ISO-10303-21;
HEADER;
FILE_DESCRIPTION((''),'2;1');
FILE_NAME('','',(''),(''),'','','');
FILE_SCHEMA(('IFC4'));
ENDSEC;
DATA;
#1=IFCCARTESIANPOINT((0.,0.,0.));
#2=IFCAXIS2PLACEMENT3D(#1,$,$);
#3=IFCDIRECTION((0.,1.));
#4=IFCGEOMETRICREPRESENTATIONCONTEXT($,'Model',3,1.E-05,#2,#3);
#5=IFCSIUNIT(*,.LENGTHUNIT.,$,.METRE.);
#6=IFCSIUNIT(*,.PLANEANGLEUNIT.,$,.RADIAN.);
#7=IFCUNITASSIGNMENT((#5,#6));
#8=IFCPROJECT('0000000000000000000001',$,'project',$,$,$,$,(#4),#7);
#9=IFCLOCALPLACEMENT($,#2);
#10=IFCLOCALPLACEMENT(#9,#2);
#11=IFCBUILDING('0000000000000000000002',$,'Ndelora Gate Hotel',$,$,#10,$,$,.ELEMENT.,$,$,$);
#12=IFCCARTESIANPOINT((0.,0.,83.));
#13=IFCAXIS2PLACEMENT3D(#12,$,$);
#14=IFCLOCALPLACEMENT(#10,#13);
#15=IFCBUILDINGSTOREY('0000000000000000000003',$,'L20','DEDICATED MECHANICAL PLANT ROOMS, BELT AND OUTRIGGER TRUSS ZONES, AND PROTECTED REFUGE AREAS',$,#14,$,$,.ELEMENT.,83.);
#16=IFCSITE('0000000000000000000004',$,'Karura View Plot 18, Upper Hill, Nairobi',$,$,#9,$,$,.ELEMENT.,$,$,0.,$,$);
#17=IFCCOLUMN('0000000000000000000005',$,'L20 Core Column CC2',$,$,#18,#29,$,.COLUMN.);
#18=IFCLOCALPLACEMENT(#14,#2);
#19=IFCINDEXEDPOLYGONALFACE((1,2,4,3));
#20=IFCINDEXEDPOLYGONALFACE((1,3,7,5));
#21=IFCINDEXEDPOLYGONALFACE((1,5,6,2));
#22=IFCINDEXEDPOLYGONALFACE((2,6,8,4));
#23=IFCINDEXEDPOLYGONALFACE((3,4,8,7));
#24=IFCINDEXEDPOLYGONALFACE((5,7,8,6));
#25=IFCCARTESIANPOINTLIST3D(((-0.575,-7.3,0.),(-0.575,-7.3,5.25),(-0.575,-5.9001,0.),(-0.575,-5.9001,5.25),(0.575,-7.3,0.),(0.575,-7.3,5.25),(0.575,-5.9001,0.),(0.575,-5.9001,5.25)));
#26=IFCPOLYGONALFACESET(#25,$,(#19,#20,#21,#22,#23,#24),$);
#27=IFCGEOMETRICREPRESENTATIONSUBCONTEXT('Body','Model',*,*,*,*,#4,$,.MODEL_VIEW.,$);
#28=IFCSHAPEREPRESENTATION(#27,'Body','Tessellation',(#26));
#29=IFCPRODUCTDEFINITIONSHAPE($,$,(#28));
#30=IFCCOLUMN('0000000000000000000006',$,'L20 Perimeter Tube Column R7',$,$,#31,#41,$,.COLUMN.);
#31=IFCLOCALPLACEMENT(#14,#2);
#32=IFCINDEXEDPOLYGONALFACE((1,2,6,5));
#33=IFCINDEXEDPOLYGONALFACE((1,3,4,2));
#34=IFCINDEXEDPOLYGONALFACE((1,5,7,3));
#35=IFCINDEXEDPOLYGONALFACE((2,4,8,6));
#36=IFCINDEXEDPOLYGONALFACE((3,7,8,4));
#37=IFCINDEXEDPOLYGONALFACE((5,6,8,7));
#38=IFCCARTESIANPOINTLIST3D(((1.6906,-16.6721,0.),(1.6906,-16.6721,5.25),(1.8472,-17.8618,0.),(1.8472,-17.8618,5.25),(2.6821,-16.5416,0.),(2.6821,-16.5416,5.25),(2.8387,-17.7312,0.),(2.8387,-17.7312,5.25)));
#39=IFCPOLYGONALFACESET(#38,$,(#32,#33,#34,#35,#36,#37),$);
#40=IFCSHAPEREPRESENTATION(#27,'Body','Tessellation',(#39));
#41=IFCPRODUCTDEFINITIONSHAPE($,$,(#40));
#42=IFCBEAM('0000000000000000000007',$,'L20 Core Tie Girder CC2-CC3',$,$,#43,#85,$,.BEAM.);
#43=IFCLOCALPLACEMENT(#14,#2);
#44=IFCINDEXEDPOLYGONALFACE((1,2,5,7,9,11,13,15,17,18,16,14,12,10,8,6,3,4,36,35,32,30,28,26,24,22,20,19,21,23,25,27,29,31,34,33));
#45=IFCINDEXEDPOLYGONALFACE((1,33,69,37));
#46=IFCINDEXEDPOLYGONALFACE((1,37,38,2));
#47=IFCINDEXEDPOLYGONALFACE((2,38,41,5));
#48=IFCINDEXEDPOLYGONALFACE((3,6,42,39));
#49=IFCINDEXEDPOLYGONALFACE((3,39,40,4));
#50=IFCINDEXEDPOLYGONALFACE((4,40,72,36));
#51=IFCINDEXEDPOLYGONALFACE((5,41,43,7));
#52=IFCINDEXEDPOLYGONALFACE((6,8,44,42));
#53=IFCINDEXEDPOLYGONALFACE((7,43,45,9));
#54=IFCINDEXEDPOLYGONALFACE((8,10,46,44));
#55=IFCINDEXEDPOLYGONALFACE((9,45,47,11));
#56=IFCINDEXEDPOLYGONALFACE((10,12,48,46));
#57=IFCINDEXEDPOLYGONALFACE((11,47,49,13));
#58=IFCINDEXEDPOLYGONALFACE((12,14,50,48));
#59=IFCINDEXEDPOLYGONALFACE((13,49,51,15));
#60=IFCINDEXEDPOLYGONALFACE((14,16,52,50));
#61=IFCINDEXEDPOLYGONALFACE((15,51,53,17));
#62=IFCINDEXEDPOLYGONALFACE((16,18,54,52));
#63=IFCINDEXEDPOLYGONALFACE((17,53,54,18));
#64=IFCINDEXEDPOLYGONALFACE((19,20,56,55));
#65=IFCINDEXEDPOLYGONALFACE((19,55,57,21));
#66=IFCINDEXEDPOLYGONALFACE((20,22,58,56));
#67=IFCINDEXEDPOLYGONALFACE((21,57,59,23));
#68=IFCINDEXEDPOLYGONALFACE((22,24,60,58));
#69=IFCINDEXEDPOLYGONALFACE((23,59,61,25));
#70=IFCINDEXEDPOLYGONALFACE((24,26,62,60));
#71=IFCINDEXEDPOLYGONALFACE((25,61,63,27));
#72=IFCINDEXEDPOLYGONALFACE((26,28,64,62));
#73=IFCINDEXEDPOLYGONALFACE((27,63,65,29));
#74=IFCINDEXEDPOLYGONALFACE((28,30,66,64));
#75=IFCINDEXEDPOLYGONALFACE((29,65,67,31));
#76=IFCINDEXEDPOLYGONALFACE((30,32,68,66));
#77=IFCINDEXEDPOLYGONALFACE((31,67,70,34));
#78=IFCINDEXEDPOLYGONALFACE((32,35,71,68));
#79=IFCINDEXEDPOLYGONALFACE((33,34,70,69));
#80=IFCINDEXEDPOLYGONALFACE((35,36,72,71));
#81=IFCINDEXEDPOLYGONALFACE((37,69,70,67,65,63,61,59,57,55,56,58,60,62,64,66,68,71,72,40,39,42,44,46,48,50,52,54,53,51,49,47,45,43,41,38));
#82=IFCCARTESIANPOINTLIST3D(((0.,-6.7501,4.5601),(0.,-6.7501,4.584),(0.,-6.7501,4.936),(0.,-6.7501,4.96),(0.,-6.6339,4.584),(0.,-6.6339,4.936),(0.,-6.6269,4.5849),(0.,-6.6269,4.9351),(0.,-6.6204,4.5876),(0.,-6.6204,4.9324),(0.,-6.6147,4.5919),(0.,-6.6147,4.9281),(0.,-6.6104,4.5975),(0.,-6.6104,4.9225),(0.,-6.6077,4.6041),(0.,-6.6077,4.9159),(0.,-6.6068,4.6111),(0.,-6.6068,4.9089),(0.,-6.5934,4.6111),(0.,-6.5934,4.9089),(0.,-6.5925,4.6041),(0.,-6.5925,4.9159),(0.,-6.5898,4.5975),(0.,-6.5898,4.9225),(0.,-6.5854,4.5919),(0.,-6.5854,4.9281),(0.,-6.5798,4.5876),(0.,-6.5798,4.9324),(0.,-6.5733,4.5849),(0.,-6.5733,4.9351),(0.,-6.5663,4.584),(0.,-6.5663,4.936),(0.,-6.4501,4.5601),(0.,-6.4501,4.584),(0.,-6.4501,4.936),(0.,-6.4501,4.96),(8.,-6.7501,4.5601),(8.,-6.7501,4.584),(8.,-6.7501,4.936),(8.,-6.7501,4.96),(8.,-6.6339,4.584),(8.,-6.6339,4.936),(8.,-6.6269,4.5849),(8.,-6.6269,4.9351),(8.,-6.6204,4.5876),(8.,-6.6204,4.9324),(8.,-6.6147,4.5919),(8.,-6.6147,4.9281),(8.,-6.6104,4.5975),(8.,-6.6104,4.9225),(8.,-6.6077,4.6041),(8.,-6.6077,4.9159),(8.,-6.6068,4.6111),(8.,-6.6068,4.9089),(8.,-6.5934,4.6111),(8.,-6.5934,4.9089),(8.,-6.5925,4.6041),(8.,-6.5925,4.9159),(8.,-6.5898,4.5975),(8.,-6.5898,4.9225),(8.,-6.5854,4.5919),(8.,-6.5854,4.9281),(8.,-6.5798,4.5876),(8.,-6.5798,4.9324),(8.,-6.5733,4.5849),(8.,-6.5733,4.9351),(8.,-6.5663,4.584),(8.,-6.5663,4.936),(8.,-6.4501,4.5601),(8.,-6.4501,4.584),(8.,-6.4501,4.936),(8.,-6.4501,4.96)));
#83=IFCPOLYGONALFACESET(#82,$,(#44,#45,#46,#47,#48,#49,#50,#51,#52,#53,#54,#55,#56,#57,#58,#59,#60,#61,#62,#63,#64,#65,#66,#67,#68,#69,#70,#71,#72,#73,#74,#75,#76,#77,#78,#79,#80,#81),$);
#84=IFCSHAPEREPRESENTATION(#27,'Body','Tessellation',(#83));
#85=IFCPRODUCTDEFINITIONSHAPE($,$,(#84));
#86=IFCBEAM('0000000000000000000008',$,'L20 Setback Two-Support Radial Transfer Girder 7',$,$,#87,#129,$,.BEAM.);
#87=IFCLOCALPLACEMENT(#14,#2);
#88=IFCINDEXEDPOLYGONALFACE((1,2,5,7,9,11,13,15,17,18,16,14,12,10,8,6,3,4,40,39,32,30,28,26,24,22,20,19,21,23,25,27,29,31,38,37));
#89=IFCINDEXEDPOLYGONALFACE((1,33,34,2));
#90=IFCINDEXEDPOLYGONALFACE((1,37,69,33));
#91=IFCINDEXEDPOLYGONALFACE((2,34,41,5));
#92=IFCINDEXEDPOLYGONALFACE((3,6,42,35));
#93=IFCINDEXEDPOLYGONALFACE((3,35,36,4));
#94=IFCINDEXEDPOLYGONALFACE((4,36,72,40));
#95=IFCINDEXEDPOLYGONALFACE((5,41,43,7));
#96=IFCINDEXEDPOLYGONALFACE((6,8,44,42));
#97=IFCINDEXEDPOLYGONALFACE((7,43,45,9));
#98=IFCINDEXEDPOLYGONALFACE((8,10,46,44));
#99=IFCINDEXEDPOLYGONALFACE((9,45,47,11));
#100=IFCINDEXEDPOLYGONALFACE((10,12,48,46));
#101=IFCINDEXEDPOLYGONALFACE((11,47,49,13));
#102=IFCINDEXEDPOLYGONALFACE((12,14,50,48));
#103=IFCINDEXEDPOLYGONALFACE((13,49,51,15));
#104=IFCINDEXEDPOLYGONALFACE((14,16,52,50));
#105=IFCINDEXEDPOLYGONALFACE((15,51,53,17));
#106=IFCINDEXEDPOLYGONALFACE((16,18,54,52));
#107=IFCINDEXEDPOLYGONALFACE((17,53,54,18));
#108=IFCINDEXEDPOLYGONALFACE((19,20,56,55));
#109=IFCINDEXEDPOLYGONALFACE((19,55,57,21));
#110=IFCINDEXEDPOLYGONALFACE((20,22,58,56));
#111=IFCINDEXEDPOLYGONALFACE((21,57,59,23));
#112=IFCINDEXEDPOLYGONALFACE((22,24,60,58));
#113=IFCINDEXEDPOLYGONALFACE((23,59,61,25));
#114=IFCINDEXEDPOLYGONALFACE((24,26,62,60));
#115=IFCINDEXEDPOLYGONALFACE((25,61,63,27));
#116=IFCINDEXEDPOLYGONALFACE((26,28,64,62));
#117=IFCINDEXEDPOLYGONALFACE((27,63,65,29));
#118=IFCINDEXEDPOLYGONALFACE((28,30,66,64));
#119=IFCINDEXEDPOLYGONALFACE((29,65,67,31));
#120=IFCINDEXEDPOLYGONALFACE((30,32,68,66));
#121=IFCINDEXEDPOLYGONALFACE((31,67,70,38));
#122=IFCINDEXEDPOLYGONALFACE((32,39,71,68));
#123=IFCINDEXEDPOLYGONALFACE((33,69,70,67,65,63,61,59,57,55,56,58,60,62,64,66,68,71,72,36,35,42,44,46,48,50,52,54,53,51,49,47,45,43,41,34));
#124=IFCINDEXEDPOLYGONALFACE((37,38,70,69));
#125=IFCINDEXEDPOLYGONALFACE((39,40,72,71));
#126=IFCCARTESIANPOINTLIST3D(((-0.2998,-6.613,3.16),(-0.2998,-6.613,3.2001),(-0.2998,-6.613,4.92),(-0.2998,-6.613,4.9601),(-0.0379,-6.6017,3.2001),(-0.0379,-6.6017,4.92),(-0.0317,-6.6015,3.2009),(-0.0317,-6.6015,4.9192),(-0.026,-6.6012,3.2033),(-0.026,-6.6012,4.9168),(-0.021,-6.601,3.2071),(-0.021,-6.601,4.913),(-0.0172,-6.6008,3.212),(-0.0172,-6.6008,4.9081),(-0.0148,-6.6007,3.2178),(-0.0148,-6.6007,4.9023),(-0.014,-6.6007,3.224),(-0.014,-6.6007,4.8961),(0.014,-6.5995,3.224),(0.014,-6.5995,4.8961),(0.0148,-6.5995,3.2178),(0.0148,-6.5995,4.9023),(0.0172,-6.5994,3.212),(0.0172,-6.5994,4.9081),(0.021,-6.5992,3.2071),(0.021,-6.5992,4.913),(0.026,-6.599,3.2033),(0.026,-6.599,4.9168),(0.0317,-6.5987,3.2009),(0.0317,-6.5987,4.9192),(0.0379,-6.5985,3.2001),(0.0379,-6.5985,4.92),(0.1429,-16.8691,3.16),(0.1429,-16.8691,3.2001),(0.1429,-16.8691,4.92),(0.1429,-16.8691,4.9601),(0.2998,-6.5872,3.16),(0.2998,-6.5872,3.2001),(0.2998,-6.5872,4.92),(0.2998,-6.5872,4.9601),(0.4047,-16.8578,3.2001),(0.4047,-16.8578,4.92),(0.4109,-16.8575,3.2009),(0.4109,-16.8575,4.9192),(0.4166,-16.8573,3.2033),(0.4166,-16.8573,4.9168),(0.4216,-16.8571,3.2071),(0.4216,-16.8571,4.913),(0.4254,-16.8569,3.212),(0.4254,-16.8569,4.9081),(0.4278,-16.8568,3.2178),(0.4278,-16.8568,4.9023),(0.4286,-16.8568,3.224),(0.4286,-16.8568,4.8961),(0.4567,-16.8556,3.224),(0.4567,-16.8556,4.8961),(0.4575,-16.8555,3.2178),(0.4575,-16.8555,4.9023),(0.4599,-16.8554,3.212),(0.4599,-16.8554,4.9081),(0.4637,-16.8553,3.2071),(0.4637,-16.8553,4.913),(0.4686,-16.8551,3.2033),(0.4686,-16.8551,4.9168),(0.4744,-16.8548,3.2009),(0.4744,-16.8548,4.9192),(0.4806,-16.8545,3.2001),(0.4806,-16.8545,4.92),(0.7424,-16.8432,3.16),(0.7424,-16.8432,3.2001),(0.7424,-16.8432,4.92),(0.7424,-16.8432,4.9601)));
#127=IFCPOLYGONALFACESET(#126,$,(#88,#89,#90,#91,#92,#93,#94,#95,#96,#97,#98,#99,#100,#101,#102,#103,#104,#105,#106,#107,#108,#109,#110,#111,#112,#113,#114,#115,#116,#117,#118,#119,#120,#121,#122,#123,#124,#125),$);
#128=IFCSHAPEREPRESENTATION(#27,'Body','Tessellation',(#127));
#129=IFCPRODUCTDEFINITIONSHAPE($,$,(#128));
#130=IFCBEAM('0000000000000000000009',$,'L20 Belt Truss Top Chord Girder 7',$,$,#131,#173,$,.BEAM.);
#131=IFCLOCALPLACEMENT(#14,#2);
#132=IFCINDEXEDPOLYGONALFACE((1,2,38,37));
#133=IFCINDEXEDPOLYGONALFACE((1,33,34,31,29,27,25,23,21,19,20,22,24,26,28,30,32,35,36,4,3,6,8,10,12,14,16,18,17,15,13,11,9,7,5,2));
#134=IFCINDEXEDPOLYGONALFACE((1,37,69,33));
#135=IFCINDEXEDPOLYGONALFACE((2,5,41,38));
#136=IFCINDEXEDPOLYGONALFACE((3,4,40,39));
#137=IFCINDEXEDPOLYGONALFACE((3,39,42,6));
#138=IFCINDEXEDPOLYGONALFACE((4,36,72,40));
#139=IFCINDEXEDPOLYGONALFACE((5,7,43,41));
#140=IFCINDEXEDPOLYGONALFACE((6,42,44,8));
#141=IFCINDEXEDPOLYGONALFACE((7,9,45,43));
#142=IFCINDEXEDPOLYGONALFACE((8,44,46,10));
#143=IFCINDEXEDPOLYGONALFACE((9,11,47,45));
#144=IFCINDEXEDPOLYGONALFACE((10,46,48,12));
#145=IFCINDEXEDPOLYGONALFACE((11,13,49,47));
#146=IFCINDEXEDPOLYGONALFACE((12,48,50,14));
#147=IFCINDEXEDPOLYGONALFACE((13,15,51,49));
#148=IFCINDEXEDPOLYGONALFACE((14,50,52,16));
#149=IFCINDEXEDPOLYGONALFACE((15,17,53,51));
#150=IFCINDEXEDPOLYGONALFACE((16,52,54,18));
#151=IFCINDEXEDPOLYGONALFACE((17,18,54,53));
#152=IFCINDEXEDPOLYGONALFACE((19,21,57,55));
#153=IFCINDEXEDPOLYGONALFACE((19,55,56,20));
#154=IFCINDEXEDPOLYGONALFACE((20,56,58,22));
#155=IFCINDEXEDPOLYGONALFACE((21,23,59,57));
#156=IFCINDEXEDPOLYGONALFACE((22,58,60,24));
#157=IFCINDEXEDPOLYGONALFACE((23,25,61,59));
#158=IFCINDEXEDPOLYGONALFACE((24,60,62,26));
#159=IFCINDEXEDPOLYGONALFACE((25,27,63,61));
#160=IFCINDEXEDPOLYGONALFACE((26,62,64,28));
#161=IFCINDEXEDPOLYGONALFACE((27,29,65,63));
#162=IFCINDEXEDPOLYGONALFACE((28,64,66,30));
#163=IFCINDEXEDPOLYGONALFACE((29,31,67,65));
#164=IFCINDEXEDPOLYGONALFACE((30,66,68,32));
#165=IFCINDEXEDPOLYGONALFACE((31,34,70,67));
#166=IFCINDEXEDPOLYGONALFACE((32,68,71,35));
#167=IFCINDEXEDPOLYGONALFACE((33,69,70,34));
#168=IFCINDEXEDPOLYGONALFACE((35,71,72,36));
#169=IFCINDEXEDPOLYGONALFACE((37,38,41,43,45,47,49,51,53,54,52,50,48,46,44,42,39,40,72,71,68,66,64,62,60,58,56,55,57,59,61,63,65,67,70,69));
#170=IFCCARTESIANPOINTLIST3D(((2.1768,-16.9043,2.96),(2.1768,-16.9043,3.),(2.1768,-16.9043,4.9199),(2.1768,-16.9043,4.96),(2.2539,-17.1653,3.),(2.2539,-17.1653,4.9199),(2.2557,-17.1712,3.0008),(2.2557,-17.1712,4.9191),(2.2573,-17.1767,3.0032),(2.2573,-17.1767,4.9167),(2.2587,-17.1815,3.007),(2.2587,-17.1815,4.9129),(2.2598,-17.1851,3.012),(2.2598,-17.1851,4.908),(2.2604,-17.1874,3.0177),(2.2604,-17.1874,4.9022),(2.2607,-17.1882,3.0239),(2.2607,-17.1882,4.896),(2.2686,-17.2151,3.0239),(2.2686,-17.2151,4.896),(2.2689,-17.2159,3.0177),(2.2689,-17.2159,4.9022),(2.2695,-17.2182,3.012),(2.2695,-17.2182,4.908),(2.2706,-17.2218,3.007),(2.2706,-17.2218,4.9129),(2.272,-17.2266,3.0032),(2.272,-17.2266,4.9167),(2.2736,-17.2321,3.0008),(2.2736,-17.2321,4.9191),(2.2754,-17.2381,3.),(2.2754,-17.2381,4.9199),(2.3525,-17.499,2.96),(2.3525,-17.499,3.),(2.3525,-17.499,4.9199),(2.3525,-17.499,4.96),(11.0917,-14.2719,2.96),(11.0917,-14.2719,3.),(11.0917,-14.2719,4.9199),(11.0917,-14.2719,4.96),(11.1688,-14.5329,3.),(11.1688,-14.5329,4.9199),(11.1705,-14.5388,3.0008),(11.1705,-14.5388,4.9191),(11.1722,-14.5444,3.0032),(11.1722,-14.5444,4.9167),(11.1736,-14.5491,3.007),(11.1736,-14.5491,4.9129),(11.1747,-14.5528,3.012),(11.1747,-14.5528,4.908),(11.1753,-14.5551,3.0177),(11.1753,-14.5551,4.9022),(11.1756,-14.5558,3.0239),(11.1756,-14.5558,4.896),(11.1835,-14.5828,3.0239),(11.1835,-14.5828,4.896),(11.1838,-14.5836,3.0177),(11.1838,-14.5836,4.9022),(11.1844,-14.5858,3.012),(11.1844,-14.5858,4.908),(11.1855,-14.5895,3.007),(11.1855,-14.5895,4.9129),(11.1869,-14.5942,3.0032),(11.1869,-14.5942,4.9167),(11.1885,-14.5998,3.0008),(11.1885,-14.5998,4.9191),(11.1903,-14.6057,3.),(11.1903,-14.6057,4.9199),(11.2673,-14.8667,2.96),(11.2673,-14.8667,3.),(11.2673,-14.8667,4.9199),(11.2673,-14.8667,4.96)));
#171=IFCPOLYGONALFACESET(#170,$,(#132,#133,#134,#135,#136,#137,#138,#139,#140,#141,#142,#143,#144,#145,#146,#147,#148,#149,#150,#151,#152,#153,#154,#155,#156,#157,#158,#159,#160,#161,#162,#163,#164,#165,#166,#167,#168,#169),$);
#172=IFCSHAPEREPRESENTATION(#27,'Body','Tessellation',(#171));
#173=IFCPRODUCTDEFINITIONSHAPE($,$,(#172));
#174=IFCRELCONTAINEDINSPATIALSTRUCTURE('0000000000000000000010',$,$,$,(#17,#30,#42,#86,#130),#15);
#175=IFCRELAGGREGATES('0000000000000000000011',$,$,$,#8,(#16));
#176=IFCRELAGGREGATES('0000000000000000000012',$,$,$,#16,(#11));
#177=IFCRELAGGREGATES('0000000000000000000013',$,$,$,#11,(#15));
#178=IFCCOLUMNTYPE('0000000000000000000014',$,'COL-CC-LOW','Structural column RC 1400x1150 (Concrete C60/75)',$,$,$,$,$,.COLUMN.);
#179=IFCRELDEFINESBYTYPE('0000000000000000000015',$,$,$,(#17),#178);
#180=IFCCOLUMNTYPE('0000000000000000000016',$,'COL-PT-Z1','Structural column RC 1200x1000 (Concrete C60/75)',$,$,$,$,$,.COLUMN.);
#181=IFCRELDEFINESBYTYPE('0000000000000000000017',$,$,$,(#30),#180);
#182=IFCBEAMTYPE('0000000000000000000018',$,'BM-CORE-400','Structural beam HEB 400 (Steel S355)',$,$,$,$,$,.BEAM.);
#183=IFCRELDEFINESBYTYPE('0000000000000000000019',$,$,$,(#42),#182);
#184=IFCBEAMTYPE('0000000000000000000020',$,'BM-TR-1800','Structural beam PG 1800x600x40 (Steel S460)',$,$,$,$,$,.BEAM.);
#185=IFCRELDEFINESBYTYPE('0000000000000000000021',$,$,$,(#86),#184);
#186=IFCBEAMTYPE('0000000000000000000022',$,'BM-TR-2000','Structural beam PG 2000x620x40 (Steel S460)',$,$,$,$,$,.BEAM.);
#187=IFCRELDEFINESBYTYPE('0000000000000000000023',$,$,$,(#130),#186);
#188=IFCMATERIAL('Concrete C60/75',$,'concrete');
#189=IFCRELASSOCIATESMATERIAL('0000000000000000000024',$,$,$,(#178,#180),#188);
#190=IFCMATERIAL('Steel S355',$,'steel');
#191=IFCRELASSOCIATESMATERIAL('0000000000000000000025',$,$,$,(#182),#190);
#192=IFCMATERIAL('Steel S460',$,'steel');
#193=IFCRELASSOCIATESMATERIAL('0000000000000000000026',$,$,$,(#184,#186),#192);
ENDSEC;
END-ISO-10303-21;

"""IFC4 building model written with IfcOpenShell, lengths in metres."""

from ifc_helpers import new_model, si_unit, direction, frame, origin, origin_2d, place, context, subcontext, project, spatial, rectangle, i_section, extrude, material, material_profile, profile_set, type_object, element, save


model = new_model("IFC4")

# Units and contexts
model_context = context("Model", 3, precision=1e-05, world=origin(), true_north=direction((0.0, 1.0)))
body_context = subcontext(model_context, "Body", "Model", "MODEL_VIEW")
ifc_project = project(units=[si_unit("LENGTHUNIT", "METRE"), si_unit("PLANEANGLEUNIT", "RADIAN")], contexts=[model_context])

# Site, building, storey
site_placement = place(None, origin())
site = spatial("IfcSite", under=ifc_project, at=site_placement, Name="Karura View Plot 18, Upper Hill, Nairobi", CompositionType="ELEMENT", RefElevation=0.0)
building_placement = place(site_placement, origin())
building = spatial("IfcBuilding", under=site, at=building_placement, Name="Ndelora Gate Hotel", CompositionType="ELEMENT")
storey_placement = place(building_placement, frame((0.0, 0.0, 83.0)))
storey = spatial("IfcBuildingStorey", under=building, at=storey_placement, Name="L20", Description="DEDICATED MECHANICAL PLANT ROOMS, BELT AND OUTRIGGER TRUSS ZONES, AND PROTECTED REFUGE AREAS", CompositionType="ELEMENT", Elevation=83.0)

# Columns
ifc_material_1 = material(Name="Concrete C60/75", Category="concrete")
ifc_material_profile_1 = material_profile(ifc_material_1, rectangle(XDim=1.1499, YDim=1.3999, at=origin_2d()), Name="RC 1400x1150")
ifc_profile_set_1 = profile_set([ifc_material_profile_1], Name="Concrete C60/75")
column_type_1 = type_object("IfcColumnType", Name="COL-CC-LOW", Description="Structural column RC 1400x1150 (Concrete C60/75)", PredefinedType="COLUMN", material=ifc_profile_set_1)
column_1_placement = place(storey_placement, frame((0.0, -6.6001, 0.0), z_axis=(0.0, 0.0, 1.0), x_axis=(1.0, 0.0, 0.0)))
element("IfcColumn", 1, at=column_1_placement, inside=storey, type_object=column_type_1, Name="L20 Core Column CC2", PredefinedType="COLUMN", context=body_context, shape_type="SweptSolid", body=[
    extrude(rectangle(XDim=1.1499, YDim=1.3999, at=origin_2d()), origin(), (0.0, 0.0, 1.0), 5.25),
])
ifc_material_profile_2 = material_profile(ifc_material_1, rectangle(XDim=1.0, YDim=1.2, at=origin_2d()), Name="RC 1200x1000")
ifc_profile_set_2 = profile_set([ifc_material_profile_2], Name="Concrete C60/75")
column_type_2 = type_object("IfcColumnType", Name="COL-PT-Z1", Description="Structural column RC 1200x1000 (Concrete C60/75)", PredefinedType="COLUMN", material=ifc_profile_set_2)
column_2_placement = place(storey_placement, frame((2.2646, -17.2017, 0.0), z_axis=(0.0, 0.0, 1.0), x_axis=(0.991445, 0.130526, 0.0)))
element("IfcColumn", 2, at=column_2_placement, inside=storey, type_object=column_type_2, Name="L20 Perimeter Tube Column R7", PredefinedType="COLUMN", context=body_context, shape_type="SweptSolid", body=[
    extrude(rectangle(XDim=1.0, YDim=1.2, at=origin_2d()), origin(), (0.0, 0.0, 1.0), 5.25),
])

# Beams
ifc_material_2 = material(Name="Steel S355", Category="steel")
ifc_material_profile_3 = material_profile(ifc_material_2, i_section(OverallWidth=0.3, OverallDepth=0.3999, WebThickness=0.0134, FlangeThickness=0.0239, FilletRadius=0.0271, at=origin_2d()), Name="HEB 400")
ifc_profile_set_3 = profile_set([ifc_material_profile_3], Name="Steel S355")
beam_type_1 = type_object("IfcBeamType", Name="BM-CORE-400", Description="Structural beam HEB 400 (Steel S355)", PredefinedType="BEAM", material=ifc_profile_set_3)
beam_1_placement = place(storey_placement, frame((0.0, -6.6001, 4.76), z_axis=(1.0, 0.0, 0.0), x_axis=(0.0, 1.0, 0.0)))
element("IfcBeam", 3, at=beam_1_placement, inside=storey, type_object=beam_type_1, Name="L20 Core Tie Girder CC2-CC3", PredefinedType="BEAM", context=body_context, shape_type="SweptSolid", body=[
    extrude(i_section(OverallWidth=0.3, OverallDepth=0.3999, WebThickness=0.0134, FlangeThickness=0.0239, FilletRadius=0.0271, at=origin_2d()), origin(), (0.0, 0.0, 1.0), 8.0),
])
ifc_material_3 = material(Name="Steel S460", Category="steel")
ifc_material_profile_4 = material_profile(ifc_material_3, i_section(OverallWidth=0.6001, OverallDepth=1.8, WebThickness=0.0281, FlangeThickness=0.04, FilletRadius=0.0239, at=origin_2d()), Name="PG 1800x600x40")
ifc_profile_set_4 = profile_set([ifc_material_profile_4], Name="Steel S460")
beam_type_2 = type_object("IfcBeamType", Name="BM-TR-1800", Description="Structural beam PG 1800x600x40 (Steel S460)", PredefinedType="BEAM", material=ifc_profile_set_4)
beam_2_placement = place(storey_placement, frame((0.0, -6.6001, 4.0601), z_axis=(0.043117, -0.99907, 0.0), x_axis=(0.99907, 0.043117, 0.0)))
element("IfcBeam", 4, at=beam_2_placement, inside=storey, type_object=beam_type_2, Name="L20 Setback Two-Support Radial Transfer Girder 7", PredefinedType="BEAM", context=body_context, shape_type="SweptSolid", body=[
    extrude(i_section(OverallWidth=0.6001, OverallDepth=1.8, WebThickness=0.0281, FlangeThickness=0.04, FilletRadius=0.0239, at=origin_2d()), origin(), (0.0, 0.0, 1.0), 10.2656),
])
ifc_material_profile_5 = material_profile(ifc_material_3, i_section(OverallWidth=0.6201, OverallDepth=2.0, WebThickness=0.0281, FlangeThickness=0.04, FilletRadius=0.0239, at=origin_2d()), Name="PG 2000x620x40")
ifc_profile_set_5 = profile_set([ifc_material_profile_5], Name="Steel S460")
beam_type_3 = type_object("IfcBeamType", Name="BM-TR-2000", Description="Structural beam PG 2000x620x40 (Steel S460)", PredefinedType="BEAM", material=ifc_profile_set_5)
beam_3_placement = place(storey_placement, frame((2.2646, -17.2017, 3.96), z_axis=(0.959064, 0.283189, 0.0), x_axis=(-0.283189, 0.959064, 0.0)))
element("IfcBeam", 5, at=beam_3_placement, inside=storey, type_object=beam_type_3, Name="L20 Belt Truss Top Chord Girder 7", PredefinedType="BEAM", context=body_context, shape_type="SweptSolid", body=[
    extrude(i_section(OverallWidth=0.6201, OverallDepth=2.0, WebThickness=0.0281, FlangeThickness=0.04, FilletRadius=0.0239, at=origin_2d()), origin(), (0.0, 0.0, 1.0), 9.2954),
])

save(model, "model.ifc")
